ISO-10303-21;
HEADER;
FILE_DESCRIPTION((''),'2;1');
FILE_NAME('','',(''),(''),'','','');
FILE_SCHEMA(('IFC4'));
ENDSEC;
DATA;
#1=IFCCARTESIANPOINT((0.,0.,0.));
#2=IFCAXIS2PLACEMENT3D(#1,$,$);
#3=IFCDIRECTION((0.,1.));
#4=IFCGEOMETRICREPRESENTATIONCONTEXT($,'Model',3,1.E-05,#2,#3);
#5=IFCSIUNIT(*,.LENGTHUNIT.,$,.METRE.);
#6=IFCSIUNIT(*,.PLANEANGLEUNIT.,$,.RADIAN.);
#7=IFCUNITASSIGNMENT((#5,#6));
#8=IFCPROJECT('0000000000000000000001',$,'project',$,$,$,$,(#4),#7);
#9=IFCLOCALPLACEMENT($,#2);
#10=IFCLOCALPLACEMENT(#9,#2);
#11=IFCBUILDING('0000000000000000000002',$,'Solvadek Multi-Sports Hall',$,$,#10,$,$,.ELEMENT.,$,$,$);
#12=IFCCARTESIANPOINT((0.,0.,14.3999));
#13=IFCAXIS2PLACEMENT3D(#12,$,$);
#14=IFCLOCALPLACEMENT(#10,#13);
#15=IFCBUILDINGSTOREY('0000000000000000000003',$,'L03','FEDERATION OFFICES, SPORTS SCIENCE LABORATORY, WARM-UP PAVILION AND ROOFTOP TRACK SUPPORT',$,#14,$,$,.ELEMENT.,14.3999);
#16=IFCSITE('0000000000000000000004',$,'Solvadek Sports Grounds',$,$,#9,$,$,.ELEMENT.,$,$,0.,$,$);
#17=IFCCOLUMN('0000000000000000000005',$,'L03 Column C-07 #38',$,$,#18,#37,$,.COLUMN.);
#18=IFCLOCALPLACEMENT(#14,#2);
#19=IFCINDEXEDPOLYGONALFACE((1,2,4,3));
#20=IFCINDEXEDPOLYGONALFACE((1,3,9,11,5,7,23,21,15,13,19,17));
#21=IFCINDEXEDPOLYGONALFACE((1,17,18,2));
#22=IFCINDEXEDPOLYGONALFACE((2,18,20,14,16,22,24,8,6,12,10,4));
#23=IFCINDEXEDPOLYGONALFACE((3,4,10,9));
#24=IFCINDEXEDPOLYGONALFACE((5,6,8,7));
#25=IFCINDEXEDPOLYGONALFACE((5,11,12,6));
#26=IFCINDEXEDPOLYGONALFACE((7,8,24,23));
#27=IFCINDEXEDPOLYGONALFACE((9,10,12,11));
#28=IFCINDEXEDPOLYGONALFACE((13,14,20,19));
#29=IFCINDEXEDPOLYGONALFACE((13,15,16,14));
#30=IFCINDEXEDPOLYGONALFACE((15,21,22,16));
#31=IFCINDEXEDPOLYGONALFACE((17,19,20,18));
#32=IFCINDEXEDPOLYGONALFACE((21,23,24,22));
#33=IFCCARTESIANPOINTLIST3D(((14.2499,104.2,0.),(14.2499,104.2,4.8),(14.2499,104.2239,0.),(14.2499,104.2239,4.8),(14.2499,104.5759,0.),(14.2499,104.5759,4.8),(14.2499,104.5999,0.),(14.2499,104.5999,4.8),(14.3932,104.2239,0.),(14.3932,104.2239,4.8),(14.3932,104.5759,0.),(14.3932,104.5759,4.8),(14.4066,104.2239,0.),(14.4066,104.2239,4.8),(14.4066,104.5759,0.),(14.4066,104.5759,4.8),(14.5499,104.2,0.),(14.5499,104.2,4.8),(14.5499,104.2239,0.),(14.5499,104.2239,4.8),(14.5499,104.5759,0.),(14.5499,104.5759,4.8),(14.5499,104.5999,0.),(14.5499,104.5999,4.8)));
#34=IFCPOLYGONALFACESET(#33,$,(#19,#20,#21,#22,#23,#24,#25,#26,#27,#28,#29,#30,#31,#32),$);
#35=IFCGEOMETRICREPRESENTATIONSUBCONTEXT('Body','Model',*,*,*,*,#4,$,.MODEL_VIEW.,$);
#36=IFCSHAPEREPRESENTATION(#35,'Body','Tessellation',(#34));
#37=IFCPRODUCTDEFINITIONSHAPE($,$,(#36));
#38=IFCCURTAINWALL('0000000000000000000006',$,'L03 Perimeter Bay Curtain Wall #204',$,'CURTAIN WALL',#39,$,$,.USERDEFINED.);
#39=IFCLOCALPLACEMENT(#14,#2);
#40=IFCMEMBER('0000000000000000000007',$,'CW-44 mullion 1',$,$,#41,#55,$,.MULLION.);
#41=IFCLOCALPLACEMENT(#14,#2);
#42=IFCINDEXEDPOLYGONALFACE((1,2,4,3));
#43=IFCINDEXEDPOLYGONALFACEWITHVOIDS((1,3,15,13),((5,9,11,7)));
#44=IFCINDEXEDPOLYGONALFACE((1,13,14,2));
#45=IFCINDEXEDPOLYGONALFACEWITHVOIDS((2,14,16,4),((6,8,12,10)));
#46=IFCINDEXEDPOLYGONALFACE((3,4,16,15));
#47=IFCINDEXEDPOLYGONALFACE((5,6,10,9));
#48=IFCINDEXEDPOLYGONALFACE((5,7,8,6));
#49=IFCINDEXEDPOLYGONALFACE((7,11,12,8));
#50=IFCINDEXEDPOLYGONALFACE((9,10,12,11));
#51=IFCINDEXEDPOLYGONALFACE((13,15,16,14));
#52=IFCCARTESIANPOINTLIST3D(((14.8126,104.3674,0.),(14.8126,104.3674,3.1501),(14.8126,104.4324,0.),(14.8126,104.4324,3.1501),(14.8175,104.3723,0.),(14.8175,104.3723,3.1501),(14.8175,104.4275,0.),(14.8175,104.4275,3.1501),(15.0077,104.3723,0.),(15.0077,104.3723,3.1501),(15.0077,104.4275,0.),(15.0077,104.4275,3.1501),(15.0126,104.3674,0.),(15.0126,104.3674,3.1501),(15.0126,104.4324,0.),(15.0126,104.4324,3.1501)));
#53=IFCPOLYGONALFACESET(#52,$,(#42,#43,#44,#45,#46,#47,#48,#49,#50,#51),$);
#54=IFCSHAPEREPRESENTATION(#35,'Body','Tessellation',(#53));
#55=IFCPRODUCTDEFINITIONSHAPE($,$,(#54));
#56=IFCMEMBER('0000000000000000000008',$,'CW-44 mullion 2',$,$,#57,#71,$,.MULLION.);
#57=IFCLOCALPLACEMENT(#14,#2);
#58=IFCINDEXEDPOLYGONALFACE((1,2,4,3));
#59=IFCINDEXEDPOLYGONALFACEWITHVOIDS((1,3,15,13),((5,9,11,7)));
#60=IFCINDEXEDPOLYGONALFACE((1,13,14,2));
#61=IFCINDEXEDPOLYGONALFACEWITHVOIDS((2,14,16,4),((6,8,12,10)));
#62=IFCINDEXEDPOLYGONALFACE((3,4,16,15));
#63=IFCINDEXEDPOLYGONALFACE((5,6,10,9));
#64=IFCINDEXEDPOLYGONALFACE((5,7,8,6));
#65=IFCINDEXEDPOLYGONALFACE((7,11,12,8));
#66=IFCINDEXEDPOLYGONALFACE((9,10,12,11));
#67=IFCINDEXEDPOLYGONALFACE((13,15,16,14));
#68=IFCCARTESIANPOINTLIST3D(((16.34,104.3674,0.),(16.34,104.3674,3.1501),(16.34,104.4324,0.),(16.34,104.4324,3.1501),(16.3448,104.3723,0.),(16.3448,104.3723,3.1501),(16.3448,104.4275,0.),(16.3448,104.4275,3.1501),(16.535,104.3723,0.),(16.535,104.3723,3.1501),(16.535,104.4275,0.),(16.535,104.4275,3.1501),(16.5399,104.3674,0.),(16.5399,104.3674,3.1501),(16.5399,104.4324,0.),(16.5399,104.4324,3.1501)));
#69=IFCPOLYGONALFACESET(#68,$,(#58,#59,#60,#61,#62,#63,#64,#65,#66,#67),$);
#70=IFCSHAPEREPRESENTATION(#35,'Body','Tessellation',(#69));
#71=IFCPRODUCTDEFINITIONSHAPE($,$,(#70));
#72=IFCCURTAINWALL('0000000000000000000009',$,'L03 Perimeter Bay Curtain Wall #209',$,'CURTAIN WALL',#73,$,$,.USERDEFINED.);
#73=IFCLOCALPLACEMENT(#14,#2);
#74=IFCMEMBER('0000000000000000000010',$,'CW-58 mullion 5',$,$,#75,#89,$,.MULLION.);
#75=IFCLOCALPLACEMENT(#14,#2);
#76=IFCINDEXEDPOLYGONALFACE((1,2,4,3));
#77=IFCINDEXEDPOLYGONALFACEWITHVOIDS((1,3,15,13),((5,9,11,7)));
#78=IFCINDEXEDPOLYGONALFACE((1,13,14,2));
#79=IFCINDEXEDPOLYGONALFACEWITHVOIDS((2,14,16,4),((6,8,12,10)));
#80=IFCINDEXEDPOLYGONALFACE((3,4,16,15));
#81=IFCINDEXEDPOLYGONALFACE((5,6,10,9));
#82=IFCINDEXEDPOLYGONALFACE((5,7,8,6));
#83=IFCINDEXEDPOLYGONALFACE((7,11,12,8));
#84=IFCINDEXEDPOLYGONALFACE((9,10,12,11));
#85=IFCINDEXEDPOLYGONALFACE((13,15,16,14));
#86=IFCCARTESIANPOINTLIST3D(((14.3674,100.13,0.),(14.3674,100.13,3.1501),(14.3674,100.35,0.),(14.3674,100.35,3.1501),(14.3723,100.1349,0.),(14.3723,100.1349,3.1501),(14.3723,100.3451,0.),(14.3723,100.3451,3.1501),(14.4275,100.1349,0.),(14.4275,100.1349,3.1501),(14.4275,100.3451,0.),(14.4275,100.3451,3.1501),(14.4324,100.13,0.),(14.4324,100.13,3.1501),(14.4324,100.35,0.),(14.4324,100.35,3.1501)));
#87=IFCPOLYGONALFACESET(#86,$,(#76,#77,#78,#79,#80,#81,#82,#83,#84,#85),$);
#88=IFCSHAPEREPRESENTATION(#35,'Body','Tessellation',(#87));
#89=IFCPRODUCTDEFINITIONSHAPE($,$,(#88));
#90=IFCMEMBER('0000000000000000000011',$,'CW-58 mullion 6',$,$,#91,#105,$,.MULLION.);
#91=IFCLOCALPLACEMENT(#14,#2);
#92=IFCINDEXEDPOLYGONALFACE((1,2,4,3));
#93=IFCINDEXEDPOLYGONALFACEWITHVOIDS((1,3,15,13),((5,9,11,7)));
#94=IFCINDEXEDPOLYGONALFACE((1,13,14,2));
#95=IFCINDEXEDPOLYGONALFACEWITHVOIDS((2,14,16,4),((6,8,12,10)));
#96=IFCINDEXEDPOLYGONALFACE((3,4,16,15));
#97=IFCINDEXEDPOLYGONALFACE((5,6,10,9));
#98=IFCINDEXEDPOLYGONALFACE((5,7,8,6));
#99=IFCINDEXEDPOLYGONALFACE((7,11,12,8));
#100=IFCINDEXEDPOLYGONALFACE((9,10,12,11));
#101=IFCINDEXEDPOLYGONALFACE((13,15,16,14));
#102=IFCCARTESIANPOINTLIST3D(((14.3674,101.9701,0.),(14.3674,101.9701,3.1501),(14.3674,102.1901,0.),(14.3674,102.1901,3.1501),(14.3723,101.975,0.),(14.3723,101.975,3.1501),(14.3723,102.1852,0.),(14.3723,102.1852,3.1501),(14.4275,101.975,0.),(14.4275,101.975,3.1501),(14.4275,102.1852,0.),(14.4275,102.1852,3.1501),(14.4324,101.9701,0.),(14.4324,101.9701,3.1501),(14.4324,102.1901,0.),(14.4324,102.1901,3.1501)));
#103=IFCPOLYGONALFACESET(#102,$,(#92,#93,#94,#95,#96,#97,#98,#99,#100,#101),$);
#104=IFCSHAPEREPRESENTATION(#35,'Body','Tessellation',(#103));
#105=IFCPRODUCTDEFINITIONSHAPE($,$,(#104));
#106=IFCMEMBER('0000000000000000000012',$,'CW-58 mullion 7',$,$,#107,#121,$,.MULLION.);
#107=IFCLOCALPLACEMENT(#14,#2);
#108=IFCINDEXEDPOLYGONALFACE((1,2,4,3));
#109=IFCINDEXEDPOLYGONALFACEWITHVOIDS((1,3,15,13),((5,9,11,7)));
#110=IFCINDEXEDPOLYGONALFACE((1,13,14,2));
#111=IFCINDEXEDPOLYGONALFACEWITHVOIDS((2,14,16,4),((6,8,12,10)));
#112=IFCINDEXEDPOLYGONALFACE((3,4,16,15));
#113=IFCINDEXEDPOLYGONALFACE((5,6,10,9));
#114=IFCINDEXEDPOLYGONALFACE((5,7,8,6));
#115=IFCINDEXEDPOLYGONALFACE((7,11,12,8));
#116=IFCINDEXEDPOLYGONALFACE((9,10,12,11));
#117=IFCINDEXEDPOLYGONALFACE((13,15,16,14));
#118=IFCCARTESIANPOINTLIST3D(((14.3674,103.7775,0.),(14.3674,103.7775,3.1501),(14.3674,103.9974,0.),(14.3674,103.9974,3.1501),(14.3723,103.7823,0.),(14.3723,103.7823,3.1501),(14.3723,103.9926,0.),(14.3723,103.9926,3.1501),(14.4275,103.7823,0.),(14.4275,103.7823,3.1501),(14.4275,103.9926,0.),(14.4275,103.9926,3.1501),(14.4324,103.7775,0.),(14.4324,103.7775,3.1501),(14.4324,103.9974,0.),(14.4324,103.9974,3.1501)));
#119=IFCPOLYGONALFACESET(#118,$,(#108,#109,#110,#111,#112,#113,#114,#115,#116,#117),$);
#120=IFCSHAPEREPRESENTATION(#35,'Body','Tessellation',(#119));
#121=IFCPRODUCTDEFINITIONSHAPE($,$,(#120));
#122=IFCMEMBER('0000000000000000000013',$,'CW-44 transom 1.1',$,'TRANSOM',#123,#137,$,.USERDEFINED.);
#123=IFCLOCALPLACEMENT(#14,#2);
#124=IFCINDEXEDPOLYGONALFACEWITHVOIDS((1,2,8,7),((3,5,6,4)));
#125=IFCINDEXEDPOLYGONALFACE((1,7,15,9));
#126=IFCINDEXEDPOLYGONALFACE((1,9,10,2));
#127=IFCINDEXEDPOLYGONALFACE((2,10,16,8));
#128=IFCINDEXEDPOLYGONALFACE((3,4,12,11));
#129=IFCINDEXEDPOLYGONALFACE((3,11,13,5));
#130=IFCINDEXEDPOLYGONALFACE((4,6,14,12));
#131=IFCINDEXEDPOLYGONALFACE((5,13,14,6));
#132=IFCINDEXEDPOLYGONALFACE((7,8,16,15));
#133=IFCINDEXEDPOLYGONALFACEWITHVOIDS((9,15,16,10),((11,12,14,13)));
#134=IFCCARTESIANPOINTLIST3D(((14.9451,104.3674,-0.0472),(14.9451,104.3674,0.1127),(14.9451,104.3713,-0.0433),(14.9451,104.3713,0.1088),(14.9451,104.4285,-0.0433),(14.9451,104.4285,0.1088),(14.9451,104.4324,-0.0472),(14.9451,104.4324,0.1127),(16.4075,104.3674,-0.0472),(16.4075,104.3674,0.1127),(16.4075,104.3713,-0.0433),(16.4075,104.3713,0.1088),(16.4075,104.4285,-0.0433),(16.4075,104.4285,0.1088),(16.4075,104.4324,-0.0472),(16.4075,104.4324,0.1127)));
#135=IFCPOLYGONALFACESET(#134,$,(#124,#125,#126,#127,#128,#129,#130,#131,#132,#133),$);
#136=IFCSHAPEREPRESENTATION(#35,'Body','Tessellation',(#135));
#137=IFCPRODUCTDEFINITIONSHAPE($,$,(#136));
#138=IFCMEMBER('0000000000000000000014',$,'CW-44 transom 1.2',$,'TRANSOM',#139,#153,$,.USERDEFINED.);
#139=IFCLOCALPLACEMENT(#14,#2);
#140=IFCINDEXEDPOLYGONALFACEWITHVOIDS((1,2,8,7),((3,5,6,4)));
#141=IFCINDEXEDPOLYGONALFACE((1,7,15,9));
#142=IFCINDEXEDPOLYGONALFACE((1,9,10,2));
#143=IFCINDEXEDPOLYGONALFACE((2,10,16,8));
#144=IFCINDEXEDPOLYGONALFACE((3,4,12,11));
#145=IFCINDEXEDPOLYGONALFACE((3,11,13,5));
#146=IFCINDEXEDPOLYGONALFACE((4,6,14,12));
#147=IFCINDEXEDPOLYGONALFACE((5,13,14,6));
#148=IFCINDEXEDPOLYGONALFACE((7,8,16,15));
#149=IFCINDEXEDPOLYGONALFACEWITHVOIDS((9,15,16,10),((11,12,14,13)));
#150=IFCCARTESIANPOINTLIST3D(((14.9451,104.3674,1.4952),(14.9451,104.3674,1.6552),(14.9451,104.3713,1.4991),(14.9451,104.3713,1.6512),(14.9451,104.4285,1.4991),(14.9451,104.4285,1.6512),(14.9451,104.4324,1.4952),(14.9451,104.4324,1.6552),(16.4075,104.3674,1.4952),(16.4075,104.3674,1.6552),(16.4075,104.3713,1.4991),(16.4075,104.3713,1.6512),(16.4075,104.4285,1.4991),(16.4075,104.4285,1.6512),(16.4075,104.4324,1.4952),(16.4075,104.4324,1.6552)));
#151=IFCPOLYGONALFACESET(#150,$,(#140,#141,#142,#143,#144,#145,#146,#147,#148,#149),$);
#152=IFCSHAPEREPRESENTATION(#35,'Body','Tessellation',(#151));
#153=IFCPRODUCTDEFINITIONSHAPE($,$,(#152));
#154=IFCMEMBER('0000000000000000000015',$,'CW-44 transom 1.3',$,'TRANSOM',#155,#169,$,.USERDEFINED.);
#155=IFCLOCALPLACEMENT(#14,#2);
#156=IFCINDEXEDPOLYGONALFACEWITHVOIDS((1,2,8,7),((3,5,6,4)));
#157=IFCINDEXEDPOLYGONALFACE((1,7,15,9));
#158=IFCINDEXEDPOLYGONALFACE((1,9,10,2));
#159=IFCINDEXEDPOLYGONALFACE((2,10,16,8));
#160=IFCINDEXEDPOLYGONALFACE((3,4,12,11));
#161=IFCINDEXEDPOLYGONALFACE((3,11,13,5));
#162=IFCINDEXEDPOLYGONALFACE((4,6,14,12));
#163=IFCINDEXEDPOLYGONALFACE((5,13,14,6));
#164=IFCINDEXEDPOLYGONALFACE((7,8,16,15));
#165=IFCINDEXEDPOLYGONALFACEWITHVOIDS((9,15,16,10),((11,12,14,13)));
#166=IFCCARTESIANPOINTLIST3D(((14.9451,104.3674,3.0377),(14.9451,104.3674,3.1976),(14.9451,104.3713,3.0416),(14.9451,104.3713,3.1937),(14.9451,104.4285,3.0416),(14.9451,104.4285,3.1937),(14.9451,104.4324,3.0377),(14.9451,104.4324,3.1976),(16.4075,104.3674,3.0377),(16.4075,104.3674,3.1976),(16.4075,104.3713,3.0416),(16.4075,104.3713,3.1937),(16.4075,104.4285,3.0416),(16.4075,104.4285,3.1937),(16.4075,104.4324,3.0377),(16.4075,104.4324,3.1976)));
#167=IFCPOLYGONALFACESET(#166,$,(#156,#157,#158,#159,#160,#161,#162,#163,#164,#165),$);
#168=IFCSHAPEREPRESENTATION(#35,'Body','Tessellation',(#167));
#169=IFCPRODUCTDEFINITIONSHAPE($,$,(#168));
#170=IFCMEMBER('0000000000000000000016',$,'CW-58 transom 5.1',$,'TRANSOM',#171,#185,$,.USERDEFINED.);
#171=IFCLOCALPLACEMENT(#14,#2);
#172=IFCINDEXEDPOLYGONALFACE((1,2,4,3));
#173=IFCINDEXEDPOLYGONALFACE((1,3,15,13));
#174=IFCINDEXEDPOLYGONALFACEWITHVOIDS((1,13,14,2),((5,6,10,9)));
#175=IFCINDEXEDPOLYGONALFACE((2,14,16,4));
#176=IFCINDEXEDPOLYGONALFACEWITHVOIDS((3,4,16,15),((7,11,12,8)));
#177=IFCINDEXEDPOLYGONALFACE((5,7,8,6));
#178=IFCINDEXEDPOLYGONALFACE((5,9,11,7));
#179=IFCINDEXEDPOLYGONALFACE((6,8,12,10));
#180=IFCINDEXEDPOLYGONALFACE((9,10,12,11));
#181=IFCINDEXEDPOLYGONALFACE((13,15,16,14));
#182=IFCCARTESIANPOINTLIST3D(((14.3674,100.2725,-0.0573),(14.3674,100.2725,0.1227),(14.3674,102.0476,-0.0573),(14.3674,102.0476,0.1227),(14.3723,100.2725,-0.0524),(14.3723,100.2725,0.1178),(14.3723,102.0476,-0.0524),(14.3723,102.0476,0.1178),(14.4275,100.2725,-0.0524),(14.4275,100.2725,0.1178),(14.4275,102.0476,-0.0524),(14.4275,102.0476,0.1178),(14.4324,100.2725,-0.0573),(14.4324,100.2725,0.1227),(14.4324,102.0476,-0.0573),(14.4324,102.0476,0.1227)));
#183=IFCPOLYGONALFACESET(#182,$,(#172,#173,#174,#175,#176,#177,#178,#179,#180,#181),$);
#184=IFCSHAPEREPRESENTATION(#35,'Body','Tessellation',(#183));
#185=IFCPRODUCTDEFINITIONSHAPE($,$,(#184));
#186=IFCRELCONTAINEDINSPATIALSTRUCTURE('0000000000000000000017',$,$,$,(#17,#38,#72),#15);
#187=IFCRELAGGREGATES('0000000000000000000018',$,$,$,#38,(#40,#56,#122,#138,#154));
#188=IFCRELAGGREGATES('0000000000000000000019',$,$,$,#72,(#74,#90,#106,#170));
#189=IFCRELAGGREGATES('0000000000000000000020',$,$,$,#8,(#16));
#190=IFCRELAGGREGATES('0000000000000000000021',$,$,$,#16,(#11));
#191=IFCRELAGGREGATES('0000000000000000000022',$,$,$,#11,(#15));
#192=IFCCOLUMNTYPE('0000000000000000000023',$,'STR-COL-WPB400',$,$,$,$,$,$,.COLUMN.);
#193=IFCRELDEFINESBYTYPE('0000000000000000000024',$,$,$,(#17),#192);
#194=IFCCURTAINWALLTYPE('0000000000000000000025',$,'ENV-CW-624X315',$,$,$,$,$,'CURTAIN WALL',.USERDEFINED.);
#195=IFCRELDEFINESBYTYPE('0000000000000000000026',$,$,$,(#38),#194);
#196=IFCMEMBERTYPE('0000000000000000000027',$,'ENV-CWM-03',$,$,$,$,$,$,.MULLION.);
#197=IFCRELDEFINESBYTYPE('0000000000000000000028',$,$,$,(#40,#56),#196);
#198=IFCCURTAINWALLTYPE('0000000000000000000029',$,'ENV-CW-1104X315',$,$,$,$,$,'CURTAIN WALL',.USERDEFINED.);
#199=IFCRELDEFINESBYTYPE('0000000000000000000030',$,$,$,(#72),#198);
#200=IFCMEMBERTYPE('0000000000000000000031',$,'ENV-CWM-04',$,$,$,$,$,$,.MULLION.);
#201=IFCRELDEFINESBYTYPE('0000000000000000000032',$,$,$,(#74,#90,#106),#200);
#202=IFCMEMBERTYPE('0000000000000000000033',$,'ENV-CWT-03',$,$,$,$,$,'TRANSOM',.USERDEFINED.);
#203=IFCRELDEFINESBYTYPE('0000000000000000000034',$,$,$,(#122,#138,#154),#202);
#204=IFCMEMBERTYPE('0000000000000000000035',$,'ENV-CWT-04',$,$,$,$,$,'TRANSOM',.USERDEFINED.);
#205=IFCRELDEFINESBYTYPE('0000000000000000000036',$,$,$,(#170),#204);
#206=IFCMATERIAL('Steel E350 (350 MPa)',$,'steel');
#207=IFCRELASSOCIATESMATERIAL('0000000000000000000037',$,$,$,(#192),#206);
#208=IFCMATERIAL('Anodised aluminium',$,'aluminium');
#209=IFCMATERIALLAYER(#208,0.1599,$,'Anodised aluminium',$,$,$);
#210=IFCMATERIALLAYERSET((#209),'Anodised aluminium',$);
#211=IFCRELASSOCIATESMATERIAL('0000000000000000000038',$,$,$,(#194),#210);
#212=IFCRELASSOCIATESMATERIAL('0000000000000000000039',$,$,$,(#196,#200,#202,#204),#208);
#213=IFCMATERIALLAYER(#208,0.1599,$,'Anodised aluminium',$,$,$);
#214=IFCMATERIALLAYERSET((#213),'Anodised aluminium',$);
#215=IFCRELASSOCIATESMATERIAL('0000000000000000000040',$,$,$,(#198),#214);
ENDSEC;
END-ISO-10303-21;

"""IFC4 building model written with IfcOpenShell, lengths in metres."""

from ifc_helpers import new_model, si_unit, direction, frame, origin, origin_2d, place, context, subcontext, project, spatial, hollow_rectangle, i_section, extrude, material, layer, layer_set, material_profile, profile_set, type_object, element, aggregate, save


model = new_model("IFC4")

# Units and contexts
model_context = context("Model", 3, precision=1e-05, world=origin(), true_north=direction((0.0, 1.0)))
body_context = subcontext(model_context, "Body", "Model", "MODEL_VIEW")
ifc_project = project(units=[si_unit("LENGTHUNIT", "METRE"), si_unit("PLANEANGLEUNIT", "RADIAN")], contexts=[model_context])

# Site, building, storey
site_placement = place(None, origin())
site = spatial("IfcSite", under=ifc_project, at=site_placement, Name="Solvadek Sports Grounds", CompositionType="ELEMENT", RefElevation=0.0)
building_placement = place(site_placement, origin())
building = spatial("IfcBuilding", under=site, at=building_placement, Name="Solvadek Multi-Sports Hall", CompositionType="ELEMENT")
storey_placement = place(building_placement, frame((0.0, 0.0, 14.3999)))
storey = spatial("IfcBuildingStorey", under=building, at=storey_placement, Name="L03", Description="FEDERATION OFFICES, SPORTS SCIENCE LABORATORY, WARM-UP PAVILION AND ROOFTOP TRACK SUPPORT", CompositionType="ELEMENT", Elevation=14.3999)

# Column
ifc_material_1 = material(Name="Steel E350 (350 MPa)", Category="steel")
ifc_material_profile_1 = material_profile(ifc_material_1, i_section(OverallWidth=0.3, OverallDepth=0.3999, WebThickness=0.0134, FlangeThickness=0.0239, at=origin_2d()), Name="WPB 400")
ifc_profile_set_1 = profile_set([ifc_material_profile_1], Name="Steel E350 (350 MPa)")
column_type = type_object("IfcColumnType", Name="STR-COL-WPB400", PredefinedType="COLUMN", material=ifc_profile_set_1)
column_placement = place(storey_placement, frame((14.3999, 104.3999, 0.0), z_axis=(0.0, 0.0, 1.0), x_axis=(1.0, 0.0, 0.0)))
element("IfcColumn", 1, at=column_placement, inside=storey, type_object=column_type, Name="L03 Column C-07 #38", PredefinedType="COLUMN", context=body_context, shape_type="SweptSolid", body=[
    extrude(i_section(OverallWidth=0.3, OverallDepth=0.3999, WebThickness=0.0134, FlangeThickness=0.0239, at=origin_2d()), origin(), (0.0, 0.0, 1.0), 4.8),
])

# Curtain walls, members
ifc_material_2 = material(Name="Anodised aluminium", Category="aluminium")
ifc_layer_1 = layer(ifc_material_2, 0.1599, Name="Anodised aluminium")
ifc_layer_set_1 = layer_set([ifc_layer_1], Name="Anodised aluminium")
curtain_wall_type_1 = type_object("IfcCurtainWallType", Name="ENV-CW-624X315", ElementType="CURTAIN WALL", PredefinedType="USERDEFINED", material=ifc_layer_set_1)
curtain_wall_1_placement = place(storey_placement, origin())
curtain_wall_1 = element("IfcCurtainWall", 2, at=curtain_wall_1_placement, inside=storey, type_object=curtain_wall_type_1, Name="L03 Perimeter Bay Curtain Wall #204", ObjectType="CURTAIN WALL", PredefinedType="USERDEFINED")
ifc_material_profile_2 = material_profile(ifc_material_2, hollow_rectangle(XDim=0.0649, YDim=0.2, WallThickness=0.0049, at=origin_2d()), Name="ALU-M 200x65x5")
ifc_profile_set_2 = profile_set([ifc_material_profile_2], Name="Anodised aluminium")
member_type_1 = type_object("IfcMemberType", Name="ENV-CWM-03", PredefinedType="MULLION", material=ifc_profile_set_2)
member_1_placement = place(storey_placement, frame((14.9126, 104.3999, 0.0), z_axis=(0.0, 0.0, 1.0), x_axis=(0.0, 1.0, 0.0)))
member_1 = element("IfcMember", 3, at=member_1_placement, type_object=member_type_1, Name="CW-44 mullion 1", PredefinedType="MULLION", context=body_context, shape_type="SweptSolid", body=[
    extrude(hollow_rectangle(XDim=0.0649, YDim=0.2, WallThickness=0.0049, at=origin_2d()), origin(), (0.0, 0.0, 1.0), 3.1501),
])
member_2_placement = place(storey_placement, frame((16.4399, 104.3999, 0.0), z_axis=(0.0, 0.0, 1.0), x_axis=(0.0, 1.0, 0.0)))
member_2 = element("IfcMember", 4, at=member_2_placement, type_object=member_type_1, Name="CW-44 mullion 2", PredefinedType="MULLION", context=body_context, shape_type="SweptSolid", body=[
    extrude(hollow_rectangle(XDim=0.0649, YDim=0.2, WallThickness=0.0049, at=origin_2d()), origin(), (0.0, 0.0, 1.0), 3.1501),
])
ifc_layer_2 = layer(ifc_material_2, 0.1599, Name="Anodised aluminium")
ifc_layer_set_2 = layer_set([ifc_layer_2], Name="Anodised aluminium")
curtain_wall_type_2 = type_object("IfcCurtainWallType", Name="ENV-CW-1104X315", ElementType="CURTAIN WALL", PredefinedType="USERDEFINED", material=ifc_layer_set_2)
curtain_wall_2_placement = place(storey_placement, origin())
curtain_wall_2 = element("IfcCurtainWall", 5, at=curtain_wall_2_placement, inside=storey, type_object=curtain_wall_type_2, Name="L03 Perimeter Bay Curtain Wall #209", ObjectType="CURTAIN WALL", PredefinedType="USERDEFINED")
ifc_material_profile_3 = material_profile(ifc_material_2, hollow_rectangle(XDim=0.0649, YDim=0.22, WallThickness=0.0049, at=origin_2d()), Name="ALU-M 220x65x5")
ifc_profile_set_3 = profile_set([ifc_material_profile_3], Name="Anodised aluminium")
member_type_2 = type_object("IfcMemberType", Name="ENV-CWM-04", PredefinedType="MULLION", material=ifc_profile_set_3)
member_3_placement = place(storey_placement, frame((14.3999, 100.24, 0.0), z_axis=(0.0, 0.0, 1.0), x_axis=(-1.0, 0.0, 0.0)))
member_3 = element("IfcMember", 6, at=member_3_placement, type_object=member_type_2, Name="CW-58 mullion 5", PredefinedType="MULLION", context=body_context, shape_type="SweptSolid", body=[
    extrude(hollow_rectangle(XDim=0.0649, YDim=0.22, WallThickness=0.0049, at=origin_2d()), origin(), (0.0, 0.0, 1.0), 3.1501),
])
member_4_placement = place(storey_placement, frame((14.3999, 102.0801, 0.0), z_axis=(0.0, 0.0, 1.0), x_axis=(-1.0, 0.0, 0.0)))
member_4 = element("IfcMember", 7, at=member_4_placement, type_object=member_type_2, Name="CW-58 mullion 6", PredefinedType="MULLION", context=body_context, shape_type="SweptSolid", body=[
    extrude(hollow_rectangle(XDim=0.0649, YDim=0.22, WallThickness=0.0049, at=origin_2d()), origin(), (0.0, 0.0, 1.0), 3.1501),
])
member_5_placement = place(storey_placement, frame((14.3999, 103.8875, 0.0), z_axis=(0.0, 0.0, 1.0), x_axis=(-1.0, 0.0, 0.0)))
member_5 = element("IfcMember", 8, at=member_5_placement, type_object=member_type_2, Name="CW-58 mullion 7", PredefinedType="MULLION", context=body_context, shape_type="SweptSolid", body=[
    extrude(hollow_rectangle(XDim=0.0649, YDim=0.22, WallThickness=0.0049, at=origin_2d()), origin(), (0.0, 0.0, 1.0), 3.1501),
])

# Members
ifc_material_profile_4 = material_profile(ifc_material_2, hollow_rectangle(XDim=0.0649, YDim=0.1599, WallThickness=0.0039, at=origin_2d()), Name="ALU-T 160x65x4")
ifc_profile_set_4 = profile_set([ifc_material_profile_4], Name="Anodised aluminium")
member_type_3 = type_object("IfcMemberType", Name="ENV-CWT-03", ElementType="TRANSOM", PredefinedType="USERDEFINED", material=ifc_profile_set_4)
member_6_placement = place(storey_placement, frame((14.9451, 104.3999, 0.0327), z_axis=(1.0, 0.0, 0.0), x_axis=(0.0, 1.0, 0.0)))
member_6 = element("IfcMember", 9, at=member_6_placement, type_object=member_type_3, Name="CW-44 transom 1.1", ObjectType="TRANSOM", PredefinedType="USERDEFINED", context=body_context, shape_type="SweptSolid", body=[
    extrude(hollow_rectangle(XDim=0.0649, YDim=0.1599, WallThickness=0.0039, at=origin_2d()), origin(), (0.0, 0.0, 1.0), 1.4624),
])
member_7_placement = place(storey_placement, frame((14.9451, 104.3999, 1.5752), z_axis=(1.0, 0.0, 0.0), x_axis=(0.0, 1.0, 0.0)))
member_7 = element("IfcMember", 10, at=member_7_placement, type_object=member_type_3, Name="CW-44 transom 1.2", ObjectType="TRANSOM", PredefinedType="USERDEFINED", context=body_context, shape_type="SweptSolid", body=[
    extrude(hollow_rectangle(XDim=0.0649, YDim=0.1599, WallThickness=0.0039, at=origin_2d()), origin(), (0.0, 0.0, 1.0), 1.4624),
])
member_8_placement = place(storey_placement, frame((14.9451, 104.3999, 3.1177), z_axis=(1.0, 0.0, 0.0), x_axis=(0.0, 1.0, 0.0)))
member_8 = element("IfcMember", 11, at=member_8_placement, type_object=member_type_3, Name="CW-44 transom 1.3", ObjectType="TRANSOM", PredefinedType="USERDEFINED", context=body_context, shape_type="SweptSolid", body=[
    extrude(hollow_rectangle(XDim=0.0649, YDim=0.1599, WallThickness=0.0039, at=origin_2d()), origin(), (0.0, 0.0, 1.0), 1.4624),
])
ifc_material_profile_5 = material_profile(ifc_material_2, hollow_rectangle(XDim=0.0649, YDim=0.1799, WallThickness=0.0049, at=origin_2d()), Name="ALU-T 180x65x5")
ifc_profile_set_5 = profile_set([ifc_material_profile_5], Name="Anodised aluminium")
member_type_4 = type_object("IfcMemberType", Name="ENV-CWT-04", ElementType="TRANSOM", PredefinedType="USERDEFINED", material=ifc_profile_set_5)
member_9_placement = place(storey_placement, frame((14.3999, 100.2725, 0.0327), z_axis=(0.0, 1.0, 0.0), x_axis=(-1.0, 0.0, 0.0)))
member_9 = element("IfcMember", 12, at=member_9_placement, type_object=member_type_4, Name="CW-58 transom 5.1", ObjectType="TRANSOM", PredefinedType="USERDEFINED", context=body_context, shape_type="SweptSolid", body=[
    extrude(hollow_rectangle(XDim=0.0649, YDim=0.1799, WallThickness=0.0049, at=origin_2d()), origin(), (0.0, 0.0, 1.0), 1.7751),
])

aggregate(curtain_wall_1, [member_1, member_2, member_6, member_7, member_8])
aggregate(curtain_wall_2, [member_3, member_4, member_5, member_9])

save(model, "model.ifc")
